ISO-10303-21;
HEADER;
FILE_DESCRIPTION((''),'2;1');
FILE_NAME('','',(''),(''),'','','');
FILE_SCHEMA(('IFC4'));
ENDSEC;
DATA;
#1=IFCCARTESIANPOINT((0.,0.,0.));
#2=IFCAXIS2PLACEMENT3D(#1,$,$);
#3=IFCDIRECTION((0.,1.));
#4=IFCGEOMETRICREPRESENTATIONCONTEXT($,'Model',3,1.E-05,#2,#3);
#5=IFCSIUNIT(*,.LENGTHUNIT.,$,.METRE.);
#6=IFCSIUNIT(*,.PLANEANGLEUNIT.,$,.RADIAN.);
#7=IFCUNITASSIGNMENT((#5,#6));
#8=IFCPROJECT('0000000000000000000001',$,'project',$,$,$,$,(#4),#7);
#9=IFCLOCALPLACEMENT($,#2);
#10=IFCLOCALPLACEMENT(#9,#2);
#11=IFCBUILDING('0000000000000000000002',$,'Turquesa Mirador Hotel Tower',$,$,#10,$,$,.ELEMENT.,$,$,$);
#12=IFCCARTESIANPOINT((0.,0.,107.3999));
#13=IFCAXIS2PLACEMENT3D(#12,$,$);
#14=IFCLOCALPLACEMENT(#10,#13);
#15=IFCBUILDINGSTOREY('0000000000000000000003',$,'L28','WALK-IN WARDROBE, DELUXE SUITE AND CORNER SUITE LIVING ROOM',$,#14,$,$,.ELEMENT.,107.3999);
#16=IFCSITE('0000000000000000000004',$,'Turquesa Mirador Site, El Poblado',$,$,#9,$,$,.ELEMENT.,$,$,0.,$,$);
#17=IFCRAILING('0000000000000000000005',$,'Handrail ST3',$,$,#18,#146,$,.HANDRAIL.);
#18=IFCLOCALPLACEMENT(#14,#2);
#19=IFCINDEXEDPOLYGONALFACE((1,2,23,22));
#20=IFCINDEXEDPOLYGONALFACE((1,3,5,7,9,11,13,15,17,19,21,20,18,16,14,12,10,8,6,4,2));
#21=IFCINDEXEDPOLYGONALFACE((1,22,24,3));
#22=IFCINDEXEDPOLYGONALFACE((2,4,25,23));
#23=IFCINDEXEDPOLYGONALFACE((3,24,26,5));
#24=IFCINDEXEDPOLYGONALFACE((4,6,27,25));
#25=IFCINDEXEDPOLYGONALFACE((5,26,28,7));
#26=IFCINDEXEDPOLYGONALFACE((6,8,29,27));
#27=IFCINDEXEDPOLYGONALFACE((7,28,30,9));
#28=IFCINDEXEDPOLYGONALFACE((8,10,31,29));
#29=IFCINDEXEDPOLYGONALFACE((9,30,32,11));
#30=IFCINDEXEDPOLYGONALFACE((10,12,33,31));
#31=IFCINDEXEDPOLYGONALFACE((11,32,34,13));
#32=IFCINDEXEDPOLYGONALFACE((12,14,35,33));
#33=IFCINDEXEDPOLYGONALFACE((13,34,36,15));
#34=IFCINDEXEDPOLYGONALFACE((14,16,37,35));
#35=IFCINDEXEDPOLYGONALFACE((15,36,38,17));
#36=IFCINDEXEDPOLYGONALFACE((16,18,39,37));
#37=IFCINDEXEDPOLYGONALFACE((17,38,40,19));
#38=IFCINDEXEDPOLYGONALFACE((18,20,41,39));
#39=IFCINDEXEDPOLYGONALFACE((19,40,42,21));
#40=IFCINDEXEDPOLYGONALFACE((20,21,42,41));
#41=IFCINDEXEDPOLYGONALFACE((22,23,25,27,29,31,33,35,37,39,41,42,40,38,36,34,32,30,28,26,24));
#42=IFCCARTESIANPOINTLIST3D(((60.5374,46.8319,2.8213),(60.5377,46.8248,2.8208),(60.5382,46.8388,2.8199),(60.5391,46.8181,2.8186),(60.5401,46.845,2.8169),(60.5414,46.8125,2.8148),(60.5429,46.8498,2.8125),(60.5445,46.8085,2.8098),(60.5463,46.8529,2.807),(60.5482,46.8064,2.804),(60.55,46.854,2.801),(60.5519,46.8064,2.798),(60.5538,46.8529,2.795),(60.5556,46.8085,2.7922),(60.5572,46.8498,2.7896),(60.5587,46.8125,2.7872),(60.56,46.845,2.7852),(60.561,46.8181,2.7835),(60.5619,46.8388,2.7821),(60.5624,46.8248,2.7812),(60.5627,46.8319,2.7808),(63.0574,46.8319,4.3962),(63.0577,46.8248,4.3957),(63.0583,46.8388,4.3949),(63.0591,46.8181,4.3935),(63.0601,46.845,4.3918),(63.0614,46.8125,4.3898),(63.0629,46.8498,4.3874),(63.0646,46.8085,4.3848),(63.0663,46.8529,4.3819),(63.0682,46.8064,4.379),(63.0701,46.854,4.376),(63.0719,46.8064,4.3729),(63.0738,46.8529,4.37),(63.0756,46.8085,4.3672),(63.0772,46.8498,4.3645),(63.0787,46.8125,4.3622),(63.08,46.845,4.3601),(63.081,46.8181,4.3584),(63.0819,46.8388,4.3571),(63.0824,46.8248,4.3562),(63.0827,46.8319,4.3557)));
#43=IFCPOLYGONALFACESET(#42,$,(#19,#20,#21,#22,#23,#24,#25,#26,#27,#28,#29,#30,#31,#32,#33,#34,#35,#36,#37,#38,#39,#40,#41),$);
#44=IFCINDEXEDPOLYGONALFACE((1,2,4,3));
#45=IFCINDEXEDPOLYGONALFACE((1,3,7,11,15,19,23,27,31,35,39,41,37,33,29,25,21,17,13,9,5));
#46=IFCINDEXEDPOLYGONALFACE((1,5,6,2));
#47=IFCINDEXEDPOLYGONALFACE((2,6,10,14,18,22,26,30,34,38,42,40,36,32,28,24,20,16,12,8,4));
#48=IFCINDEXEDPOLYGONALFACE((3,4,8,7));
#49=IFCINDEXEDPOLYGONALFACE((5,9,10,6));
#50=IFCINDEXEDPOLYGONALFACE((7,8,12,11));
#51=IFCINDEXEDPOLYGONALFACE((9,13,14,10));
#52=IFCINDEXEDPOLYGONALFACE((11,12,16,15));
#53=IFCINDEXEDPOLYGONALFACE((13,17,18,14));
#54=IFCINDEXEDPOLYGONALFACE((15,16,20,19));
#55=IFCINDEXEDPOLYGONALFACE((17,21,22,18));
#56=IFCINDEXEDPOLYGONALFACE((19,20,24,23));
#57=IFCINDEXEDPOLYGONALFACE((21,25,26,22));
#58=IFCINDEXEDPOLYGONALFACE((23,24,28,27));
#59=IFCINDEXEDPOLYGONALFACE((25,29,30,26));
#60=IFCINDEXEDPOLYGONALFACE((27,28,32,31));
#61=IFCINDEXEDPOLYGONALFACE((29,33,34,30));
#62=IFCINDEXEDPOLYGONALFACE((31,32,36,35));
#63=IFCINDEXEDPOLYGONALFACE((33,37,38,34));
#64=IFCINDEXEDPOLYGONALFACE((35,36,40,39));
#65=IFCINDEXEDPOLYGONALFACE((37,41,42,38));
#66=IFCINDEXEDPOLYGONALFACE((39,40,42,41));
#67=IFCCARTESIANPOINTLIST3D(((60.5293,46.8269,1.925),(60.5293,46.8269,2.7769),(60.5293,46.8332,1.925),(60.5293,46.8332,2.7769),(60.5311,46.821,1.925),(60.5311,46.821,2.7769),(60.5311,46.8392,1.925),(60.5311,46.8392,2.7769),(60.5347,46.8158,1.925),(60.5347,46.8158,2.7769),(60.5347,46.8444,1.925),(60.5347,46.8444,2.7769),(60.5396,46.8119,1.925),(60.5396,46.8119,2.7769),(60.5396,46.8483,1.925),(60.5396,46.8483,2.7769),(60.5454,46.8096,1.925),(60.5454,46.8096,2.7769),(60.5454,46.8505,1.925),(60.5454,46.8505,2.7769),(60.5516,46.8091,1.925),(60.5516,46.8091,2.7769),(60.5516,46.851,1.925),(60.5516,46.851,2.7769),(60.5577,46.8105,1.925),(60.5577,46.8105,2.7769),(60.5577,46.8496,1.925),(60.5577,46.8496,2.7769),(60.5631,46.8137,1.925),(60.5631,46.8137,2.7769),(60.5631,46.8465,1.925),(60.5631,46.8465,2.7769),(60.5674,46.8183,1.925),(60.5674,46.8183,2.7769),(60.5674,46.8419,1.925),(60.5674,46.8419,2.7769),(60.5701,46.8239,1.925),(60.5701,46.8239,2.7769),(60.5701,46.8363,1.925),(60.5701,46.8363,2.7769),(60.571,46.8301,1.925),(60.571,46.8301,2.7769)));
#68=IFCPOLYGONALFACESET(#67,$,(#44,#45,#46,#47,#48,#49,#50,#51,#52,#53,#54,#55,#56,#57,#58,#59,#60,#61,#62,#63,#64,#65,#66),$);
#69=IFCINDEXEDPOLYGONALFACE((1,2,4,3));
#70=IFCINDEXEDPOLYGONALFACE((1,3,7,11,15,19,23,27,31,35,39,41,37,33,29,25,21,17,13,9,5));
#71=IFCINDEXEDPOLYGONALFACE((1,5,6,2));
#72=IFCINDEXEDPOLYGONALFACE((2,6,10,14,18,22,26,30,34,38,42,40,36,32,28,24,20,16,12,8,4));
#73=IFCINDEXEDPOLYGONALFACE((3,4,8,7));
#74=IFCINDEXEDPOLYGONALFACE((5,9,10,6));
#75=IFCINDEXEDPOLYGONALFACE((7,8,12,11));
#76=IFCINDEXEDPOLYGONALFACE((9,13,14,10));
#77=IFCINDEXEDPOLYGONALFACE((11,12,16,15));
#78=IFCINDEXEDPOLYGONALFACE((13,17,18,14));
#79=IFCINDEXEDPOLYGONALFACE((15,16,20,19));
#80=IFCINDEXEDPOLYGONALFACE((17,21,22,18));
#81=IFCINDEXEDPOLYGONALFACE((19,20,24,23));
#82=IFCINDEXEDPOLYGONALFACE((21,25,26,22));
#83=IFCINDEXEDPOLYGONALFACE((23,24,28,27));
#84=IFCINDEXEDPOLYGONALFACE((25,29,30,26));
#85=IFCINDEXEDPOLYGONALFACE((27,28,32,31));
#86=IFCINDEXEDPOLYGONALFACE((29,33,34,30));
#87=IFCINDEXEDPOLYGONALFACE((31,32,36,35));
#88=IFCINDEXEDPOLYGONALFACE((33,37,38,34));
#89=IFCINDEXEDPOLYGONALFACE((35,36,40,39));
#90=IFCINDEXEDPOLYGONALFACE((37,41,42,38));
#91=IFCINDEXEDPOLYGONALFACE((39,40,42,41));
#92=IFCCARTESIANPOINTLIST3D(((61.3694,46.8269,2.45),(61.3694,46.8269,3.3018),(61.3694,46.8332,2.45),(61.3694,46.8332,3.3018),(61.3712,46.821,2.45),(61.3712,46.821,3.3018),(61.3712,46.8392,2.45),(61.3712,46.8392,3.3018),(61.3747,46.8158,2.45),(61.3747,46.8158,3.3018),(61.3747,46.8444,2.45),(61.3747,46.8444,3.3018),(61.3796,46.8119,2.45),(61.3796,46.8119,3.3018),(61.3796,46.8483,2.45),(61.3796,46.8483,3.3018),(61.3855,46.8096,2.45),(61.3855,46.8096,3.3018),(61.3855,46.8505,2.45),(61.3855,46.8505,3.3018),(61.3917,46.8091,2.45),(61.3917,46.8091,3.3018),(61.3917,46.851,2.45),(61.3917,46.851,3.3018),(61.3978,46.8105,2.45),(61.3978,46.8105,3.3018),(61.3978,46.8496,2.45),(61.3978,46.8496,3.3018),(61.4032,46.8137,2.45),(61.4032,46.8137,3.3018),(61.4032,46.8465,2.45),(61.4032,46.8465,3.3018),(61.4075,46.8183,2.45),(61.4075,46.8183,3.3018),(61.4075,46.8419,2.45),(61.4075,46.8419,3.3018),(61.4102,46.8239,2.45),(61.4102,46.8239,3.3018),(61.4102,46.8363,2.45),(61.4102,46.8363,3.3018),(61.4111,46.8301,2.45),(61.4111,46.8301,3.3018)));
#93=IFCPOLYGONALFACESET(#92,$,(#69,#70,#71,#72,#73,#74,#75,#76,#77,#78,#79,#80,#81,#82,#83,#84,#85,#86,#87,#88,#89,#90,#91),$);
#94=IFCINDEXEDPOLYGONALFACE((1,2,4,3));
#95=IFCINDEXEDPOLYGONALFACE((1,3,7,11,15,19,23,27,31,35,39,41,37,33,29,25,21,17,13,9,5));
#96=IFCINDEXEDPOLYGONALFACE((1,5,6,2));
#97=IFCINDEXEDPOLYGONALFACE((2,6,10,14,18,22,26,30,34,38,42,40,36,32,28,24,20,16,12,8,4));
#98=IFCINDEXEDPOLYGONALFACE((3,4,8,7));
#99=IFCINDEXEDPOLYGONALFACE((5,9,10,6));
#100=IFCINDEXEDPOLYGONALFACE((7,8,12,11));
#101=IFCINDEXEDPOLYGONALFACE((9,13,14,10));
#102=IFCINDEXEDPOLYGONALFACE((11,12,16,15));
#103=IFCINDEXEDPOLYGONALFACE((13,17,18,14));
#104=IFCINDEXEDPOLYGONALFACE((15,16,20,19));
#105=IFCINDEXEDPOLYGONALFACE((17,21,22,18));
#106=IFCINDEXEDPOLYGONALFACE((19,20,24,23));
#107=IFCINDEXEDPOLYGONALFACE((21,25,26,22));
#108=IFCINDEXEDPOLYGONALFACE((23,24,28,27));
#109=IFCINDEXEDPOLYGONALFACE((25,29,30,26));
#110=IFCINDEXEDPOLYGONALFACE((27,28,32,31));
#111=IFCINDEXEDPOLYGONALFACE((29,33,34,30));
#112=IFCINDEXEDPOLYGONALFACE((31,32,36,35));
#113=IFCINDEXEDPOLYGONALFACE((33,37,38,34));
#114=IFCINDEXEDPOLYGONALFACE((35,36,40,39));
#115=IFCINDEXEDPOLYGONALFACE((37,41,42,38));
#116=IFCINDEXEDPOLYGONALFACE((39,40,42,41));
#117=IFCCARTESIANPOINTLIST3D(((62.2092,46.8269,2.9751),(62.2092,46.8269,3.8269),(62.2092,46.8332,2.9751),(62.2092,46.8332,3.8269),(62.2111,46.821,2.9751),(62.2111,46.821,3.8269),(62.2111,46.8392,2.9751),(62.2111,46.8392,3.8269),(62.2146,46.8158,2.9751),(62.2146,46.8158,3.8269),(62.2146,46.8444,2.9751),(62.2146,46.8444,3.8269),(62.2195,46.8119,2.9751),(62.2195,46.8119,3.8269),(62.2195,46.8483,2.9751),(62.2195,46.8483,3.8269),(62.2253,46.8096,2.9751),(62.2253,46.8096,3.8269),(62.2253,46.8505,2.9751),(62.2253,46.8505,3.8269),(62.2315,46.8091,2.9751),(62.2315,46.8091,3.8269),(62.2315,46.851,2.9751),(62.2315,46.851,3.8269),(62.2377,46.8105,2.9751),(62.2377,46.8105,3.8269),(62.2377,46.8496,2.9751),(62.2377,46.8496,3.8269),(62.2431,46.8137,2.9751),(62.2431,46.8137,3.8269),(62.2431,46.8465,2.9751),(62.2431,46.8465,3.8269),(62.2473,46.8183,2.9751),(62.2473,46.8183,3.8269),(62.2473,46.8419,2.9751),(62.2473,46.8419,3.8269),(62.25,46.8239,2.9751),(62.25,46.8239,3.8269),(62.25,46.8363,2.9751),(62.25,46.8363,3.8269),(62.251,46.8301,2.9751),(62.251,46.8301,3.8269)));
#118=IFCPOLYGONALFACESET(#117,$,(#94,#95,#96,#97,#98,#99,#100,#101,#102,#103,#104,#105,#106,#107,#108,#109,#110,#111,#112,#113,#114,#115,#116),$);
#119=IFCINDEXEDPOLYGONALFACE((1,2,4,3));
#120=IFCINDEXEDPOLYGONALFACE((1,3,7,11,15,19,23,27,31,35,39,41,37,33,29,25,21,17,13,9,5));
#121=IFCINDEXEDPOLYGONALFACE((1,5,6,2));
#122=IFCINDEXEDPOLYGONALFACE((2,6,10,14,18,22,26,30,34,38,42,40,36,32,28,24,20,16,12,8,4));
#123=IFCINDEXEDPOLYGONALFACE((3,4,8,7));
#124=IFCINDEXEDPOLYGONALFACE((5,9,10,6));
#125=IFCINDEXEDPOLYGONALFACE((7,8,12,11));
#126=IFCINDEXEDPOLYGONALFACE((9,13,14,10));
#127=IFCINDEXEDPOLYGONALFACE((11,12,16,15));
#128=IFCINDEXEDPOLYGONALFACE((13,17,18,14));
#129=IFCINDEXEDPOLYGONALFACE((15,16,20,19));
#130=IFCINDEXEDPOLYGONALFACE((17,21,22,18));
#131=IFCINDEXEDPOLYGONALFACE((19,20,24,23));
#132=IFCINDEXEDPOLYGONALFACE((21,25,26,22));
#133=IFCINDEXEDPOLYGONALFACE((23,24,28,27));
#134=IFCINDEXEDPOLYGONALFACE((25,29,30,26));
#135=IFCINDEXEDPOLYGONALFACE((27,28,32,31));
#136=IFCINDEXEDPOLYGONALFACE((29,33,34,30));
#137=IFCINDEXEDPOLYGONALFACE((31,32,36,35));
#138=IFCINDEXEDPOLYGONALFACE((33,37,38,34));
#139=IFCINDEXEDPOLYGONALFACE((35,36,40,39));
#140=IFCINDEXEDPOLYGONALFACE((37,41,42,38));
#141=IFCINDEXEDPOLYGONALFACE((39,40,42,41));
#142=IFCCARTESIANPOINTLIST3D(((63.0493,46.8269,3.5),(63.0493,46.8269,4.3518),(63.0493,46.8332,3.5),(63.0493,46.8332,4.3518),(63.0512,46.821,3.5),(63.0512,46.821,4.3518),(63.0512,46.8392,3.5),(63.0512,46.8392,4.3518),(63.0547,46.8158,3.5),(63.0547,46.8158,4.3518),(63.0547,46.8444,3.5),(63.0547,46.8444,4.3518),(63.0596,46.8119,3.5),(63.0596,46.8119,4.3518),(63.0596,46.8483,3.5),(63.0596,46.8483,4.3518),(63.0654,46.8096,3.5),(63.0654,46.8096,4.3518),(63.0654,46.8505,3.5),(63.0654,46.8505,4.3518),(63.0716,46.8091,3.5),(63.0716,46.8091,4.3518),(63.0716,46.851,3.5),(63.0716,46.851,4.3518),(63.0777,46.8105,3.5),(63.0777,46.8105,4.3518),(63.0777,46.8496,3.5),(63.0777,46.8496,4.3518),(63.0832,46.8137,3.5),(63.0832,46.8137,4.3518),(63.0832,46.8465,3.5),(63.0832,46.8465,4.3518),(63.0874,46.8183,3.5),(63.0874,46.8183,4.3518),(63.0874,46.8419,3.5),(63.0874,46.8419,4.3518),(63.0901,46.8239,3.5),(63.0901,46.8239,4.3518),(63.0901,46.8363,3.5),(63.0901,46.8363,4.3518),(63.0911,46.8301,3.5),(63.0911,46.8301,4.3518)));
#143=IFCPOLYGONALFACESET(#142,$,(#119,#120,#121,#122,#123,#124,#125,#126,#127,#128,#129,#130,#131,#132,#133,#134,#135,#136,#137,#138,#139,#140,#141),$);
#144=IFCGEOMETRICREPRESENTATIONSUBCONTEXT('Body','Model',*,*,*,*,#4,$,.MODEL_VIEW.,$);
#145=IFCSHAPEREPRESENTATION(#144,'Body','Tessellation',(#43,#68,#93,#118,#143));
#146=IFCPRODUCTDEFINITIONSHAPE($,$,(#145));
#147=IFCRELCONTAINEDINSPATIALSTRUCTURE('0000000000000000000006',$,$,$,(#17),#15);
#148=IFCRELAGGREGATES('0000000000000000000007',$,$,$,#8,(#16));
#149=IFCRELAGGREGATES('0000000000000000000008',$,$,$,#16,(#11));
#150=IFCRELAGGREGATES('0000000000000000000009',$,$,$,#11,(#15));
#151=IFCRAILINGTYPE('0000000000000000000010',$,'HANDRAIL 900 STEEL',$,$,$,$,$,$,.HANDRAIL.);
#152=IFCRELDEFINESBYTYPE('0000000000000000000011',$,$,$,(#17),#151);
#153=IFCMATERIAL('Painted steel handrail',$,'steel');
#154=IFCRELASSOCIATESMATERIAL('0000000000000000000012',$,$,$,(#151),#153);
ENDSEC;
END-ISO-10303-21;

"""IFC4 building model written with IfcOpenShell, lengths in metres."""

from ifc_helpers import new_model, si_unit, direction, frame, origin, origin_2d, place, context, subcontext, project, spatial, circle, extrude, material, type_object, element, save


model = new_model("IFC4")

# Units and contexts
model_context = context("Model", 3, precision=1e-05, world=origin(), true_north=direction((0.0, 1.0)))
body_context = subcontext(model_context, "Body", "Model", "MODEL_VIEW")
ifc_project = project(units=[si_unit("LENGTHUNIT", "METRE"), si_unit("PLANEANGLEUNIT", "RADIAN")], contexts=[model_context])

# Site, building, storey
site_placement = place(None, origin())
site = spatial("IfcSite", under=ifc_project, at=site_placement, Name="Turquesa Mirador Site, El Poblado", CompositionType="ELEMENT", RefElevation=0.0)
building_placement = place(site_placement, origin())
building = spatial("IfcBuilding", under=site, at=building_placement, Name="Turquesa Mirador Hotel Tower", CompositionType="ELEMENT")
storey_placement = place(building_placement, frame((0.0, 0.0, 107.3999)))
storey = spatial("IfcBuildingStorey", under=building, at=storey_placement, Name="L28", Description="WALK-IN WARDROBE, DELUXE SUITE AND CORNER SUITE LIVING ROOM", CompositionType="ELEMENT", Elevation=107.3999)

# Railing
ifc_material_1 = material(Name="Painted steel handrail", Category="steel")
railing_type = type_object("IfcRailingType", Name="HANDRAIL 900 STEEL", PredefinedType="HANDRAIL", material=ifc_material_1)
railing_1_placement = place(storey_placement, frame((60.55, 46.8301, 1.925)))
element("IfcRailing", 1, at=railing_1_placement, inside=storey, type_object=railing_type, Name="Handrail ST3", PredefinedType="HANDRAIL", context=body_context, shape_type="SweptSolid", body=[
    extrude(circle(Radius=0.0239, at=origin_2d()), frame((0.0, 0.0, 0.876), z_axis=(0.848008, 0.0, 0.529984), x_axis=(0.0, 1.0, 0.0)), (0.0, 0.0, 1.0), 2.9717),
    extrude(circle(Radius=0.021, at=origin_2d()), origin(), (0.0, 0.0, 1.0), 0.8518),
    extrude(circle(Radius=0.021, at=origin_2d()), frame((0.8401, 0.0, 0.5249)), (0.0, 0.0, 1.0), 0.8518),
    extrude(circle(Radius=0.021, at=origin_2d()), frame((1.6799, 0.0, 1.05)), (0.0, 0.0, 1.0), 0.8518),
    extrude(circle(Radius=0.021, at=origin_2d()), frame((2.52, 0.0, 1.575)), (0.0, 0.0, 1.0), 0.8518),
])

save(model, "model.ifc")
